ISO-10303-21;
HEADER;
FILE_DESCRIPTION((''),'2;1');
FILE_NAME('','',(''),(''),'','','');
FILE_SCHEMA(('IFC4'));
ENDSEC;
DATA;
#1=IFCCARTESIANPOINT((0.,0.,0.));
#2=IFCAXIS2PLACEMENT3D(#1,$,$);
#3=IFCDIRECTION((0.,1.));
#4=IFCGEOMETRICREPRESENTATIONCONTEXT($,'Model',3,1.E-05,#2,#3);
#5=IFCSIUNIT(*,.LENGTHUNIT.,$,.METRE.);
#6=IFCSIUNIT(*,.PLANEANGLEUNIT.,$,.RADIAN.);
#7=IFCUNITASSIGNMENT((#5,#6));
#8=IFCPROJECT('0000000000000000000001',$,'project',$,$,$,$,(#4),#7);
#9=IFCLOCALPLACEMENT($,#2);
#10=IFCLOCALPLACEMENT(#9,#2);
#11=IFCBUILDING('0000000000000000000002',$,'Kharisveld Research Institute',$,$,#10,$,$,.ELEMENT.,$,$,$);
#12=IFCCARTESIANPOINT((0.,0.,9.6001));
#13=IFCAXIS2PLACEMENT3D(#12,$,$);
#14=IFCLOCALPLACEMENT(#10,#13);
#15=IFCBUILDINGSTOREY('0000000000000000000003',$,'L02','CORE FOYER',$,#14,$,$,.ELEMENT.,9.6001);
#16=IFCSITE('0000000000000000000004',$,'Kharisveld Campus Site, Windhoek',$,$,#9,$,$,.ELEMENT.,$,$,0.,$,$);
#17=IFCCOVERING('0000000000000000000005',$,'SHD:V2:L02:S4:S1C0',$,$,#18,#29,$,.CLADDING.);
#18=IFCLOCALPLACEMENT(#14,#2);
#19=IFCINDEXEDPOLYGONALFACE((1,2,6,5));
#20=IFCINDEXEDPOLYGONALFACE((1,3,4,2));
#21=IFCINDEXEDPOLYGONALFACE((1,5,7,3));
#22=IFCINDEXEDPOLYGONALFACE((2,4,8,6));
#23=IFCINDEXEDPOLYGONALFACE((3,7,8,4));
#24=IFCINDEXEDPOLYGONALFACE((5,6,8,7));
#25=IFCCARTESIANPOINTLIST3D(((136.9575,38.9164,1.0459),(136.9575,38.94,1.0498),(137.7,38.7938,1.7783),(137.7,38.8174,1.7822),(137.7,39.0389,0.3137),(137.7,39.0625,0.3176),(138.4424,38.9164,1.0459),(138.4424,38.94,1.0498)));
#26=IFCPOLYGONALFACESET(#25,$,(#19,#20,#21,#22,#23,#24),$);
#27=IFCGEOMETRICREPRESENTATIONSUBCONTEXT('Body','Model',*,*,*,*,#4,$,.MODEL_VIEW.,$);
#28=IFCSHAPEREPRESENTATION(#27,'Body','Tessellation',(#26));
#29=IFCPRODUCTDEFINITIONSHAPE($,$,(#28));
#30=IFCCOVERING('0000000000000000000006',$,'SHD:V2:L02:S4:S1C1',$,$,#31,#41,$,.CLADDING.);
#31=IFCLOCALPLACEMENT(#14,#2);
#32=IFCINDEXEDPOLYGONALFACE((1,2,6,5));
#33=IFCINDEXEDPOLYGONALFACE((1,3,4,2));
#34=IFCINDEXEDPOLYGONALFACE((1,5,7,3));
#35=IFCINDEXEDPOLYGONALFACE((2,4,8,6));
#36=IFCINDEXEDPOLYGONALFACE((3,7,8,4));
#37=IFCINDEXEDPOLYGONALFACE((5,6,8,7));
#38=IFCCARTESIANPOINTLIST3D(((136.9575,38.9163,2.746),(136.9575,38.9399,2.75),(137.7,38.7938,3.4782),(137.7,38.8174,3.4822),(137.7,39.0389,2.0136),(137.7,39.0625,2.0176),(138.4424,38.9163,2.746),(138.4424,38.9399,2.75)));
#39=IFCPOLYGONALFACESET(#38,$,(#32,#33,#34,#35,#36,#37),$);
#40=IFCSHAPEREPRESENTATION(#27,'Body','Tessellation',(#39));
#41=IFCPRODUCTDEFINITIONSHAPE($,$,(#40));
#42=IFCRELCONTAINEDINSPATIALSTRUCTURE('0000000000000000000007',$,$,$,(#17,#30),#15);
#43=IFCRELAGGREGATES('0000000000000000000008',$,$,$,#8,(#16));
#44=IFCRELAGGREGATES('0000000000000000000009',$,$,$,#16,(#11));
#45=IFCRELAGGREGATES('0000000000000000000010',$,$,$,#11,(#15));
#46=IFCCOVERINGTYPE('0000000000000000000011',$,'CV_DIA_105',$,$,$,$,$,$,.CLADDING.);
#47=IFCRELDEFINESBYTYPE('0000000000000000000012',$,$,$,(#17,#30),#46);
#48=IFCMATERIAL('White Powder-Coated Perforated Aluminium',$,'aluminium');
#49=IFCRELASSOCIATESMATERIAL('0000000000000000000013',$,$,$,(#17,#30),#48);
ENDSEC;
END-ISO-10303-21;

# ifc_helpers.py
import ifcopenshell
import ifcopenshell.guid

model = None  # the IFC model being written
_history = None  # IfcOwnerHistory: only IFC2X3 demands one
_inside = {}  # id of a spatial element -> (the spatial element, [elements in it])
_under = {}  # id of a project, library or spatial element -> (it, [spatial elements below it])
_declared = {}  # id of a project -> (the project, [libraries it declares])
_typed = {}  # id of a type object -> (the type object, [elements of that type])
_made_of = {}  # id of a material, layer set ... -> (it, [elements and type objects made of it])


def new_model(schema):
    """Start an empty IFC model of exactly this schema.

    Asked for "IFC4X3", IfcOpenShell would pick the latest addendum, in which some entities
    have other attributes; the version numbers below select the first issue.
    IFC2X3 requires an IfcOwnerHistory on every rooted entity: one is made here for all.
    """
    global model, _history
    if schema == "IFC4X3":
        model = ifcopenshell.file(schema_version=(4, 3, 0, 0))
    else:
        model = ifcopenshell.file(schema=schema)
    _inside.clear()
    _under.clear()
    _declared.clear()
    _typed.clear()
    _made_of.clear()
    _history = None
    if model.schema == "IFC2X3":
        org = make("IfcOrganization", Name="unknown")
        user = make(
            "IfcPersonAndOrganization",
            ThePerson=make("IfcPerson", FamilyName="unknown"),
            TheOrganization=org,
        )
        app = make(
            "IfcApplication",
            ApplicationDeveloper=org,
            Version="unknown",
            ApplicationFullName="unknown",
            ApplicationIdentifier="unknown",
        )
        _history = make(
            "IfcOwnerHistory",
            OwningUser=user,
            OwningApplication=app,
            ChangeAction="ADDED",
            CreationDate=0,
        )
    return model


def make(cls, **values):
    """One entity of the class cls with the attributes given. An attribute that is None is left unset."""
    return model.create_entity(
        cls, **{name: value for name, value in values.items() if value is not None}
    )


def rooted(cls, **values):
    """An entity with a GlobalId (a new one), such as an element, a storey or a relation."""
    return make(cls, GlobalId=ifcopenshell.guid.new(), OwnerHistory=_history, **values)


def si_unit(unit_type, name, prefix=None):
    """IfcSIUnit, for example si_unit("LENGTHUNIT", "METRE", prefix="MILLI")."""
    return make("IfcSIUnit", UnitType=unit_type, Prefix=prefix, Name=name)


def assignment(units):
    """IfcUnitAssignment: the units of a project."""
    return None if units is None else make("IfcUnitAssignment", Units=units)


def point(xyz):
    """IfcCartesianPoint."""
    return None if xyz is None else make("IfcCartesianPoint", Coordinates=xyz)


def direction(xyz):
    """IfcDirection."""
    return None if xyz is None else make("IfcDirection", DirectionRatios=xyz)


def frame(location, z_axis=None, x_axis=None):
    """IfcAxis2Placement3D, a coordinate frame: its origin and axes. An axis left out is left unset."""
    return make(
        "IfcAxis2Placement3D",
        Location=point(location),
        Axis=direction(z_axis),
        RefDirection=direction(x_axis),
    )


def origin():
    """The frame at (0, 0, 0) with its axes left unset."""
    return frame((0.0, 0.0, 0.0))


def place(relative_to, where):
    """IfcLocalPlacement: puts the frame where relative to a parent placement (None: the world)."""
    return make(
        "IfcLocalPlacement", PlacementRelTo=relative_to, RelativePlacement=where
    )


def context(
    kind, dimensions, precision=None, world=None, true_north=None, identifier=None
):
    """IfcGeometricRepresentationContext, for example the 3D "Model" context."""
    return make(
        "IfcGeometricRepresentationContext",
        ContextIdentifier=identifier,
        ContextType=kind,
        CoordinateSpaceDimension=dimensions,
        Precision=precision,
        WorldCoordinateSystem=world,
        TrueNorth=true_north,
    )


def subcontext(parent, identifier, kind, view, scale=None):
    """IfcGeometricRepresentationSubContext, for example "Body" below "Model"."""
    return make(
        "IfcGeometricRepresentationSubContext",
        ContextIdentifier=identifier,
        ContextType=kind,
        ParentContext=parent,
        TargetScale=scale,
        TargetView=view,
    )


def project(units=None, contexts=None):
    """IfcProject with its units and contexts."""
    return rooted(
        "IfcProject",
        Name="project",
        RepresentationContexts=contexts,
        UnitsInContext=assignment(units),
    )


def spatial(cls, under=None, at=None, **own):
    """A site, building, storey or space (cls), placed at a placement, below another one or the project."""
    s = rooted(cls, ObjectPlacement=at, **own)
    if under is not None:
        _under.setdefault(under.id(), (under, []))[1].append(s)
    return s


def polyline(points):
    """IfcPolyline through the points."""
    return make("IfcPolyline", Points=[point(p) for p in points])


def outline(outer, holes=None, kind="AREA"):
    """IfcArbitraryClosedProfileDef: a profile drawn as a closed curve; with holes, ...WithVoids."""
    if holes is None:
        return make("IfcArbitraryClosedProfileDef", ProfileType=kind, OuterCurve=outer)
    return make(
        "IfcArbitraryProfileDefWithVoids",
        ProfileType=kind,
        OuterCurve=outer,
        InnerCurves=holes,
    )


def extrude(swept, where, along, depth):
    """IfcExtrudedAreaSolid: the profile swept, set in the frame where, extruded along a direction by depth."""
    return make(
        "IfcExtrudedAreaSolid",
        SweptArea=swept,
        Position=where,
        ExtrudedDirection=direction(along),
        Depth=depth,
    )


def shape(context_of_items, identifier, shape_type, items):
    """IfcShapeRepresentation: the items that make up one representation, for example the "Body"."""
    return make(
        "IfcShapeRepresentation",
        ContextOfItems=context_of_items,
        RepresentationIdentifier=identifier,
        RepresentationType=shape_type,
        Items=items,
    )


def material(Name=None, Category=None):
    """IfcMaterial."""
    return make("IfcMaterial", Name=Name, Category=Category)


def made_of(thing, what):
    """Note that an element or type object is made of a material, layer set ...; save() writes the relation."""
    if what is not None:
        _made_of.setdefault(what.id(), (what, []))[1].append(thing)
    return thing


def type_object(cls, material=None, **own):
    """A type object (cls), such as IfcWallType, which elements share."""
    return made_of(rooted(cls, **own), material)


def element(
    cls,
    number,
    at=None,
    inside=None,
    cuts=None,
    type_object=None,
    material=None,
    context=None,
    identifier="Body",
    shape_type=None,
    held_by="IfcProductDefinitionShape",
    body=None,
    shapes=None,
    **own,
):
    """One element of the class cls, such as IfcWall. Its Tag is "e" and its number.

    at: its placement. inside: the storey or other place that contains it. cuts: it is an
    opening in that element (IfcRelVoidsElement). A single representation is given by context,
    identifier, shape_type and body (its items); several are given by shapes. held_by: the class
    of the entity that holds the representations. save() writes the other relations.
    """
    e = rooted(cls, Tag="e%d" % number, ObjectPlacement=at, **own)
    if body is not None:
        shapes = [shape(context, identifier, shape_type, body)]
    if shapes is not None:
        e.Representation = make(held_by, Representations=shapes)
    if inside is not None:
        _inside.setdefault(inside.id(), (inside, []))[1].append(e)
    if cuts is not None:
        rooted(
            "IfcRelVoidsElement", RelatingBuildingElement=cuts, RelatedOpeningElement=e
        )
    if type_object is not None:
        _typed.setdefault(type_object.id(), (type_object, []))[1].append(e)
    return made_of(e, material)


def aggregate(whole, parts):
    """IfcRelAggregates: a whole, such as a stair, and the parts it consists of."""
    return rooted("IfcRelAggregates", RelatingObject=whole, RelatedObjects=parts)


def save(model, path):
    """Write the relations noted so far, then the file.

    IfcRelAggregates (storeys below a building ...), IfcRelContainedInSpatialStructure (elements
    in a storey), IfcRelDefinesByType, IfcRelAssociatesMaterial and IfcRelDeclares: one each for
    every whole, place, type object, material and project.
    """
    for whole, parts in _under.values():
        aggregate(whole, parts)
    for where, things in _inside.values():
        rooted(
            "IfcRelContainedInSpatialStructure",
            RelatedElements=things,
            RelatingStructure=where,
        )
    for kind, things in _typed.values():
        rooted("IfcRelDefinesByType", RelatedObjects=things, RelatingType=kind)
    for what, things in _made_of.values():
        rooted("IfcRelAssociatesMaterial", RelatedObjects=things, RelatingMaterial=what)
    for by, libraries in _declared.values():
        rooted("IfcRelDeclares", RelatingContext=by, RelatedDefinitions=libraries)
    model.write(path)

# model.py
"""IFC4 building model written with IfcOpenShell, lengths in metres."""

from ifc_helpers import new_model, si_unit, direction, frame, origin, place, context, subcontext, project, spatial, polyline, outline, extrude, material, type_object, element, save


model = new_model("IFC4")

# Units and contexts
model_context = context("Model", 3, precision=1e-05, world=origin(), true_north=direction((0.0, 1.0)))
body_context = subcontext(model_context, "Body", "Model", "MODEL_VIEW")
ifc_project = project(units=[si_unit("LENGTHUNIT", "METRE"), si_unit("PLANEANGLEUNIT", "RADIAN")], contexts=[model_context])

# Site, building, storey
site_placement = place(None, origin())
site = spatial("IfcSite", under=ifc_project, at=site_placement, Name="Kharisveld Campus Site, Windhoek", CompositionType="ELEMENT", RefElevation=0.0)
building_placement = place(site_placement, origin())
building = spatial("IfcBuilding", under=site, at=building_placement, Name="Kharisveld Research Institute", CompositionType="ELEMENT")
storey_placement = place(building_placement, frame((0.0, 0.0, 9.6001)))
storey = spatial("IfcBuildingStorey", under=building, at=storey_placement, Name="L02", Description="CORE FOYER", CompositionType="ELEMENT", Elevation=9.6001)

# Coverings
ifc_material_1 = material(Name="White Powder-Coated Perforated Aluminium", Category="aluminium")
covering_type = type_object("IfcCoveringType", Name="CV_DIA_105", PredefinedType="CLADDING")
covering_1_placement = place(storey_placement, frame((137.7, 39.0625, 0.3176), z_axis=(0.0, 0.986283, 0.165065), x_axis=(-0.707139, -0.116714, 0.697376)))
element("IfcCovering", 1, at=covering_1_placement, inside=storey, type_object=covering_type, material=ifc_material_1, Name="SHD:V2:L02:S4:S1C0", PredefinedType="CLADDING", context=body_context, shape_type="SweptSolid", body=[
    extrude(outline(polyline([(0.0, 0.0), (1.0499, 0.0), (1.05, 1.0501), (-0.0001, 1.0499), (0.0, 0.0)])), origin(), (0.0, 0.0, -1.0), 0.0239),
])
covering_2_placement = place(storey_placement, frame((137.7, 39.0625, 2.0176), z_axis=(0.0, 0.986283, 0.165065), x_axis=(-0.707024, -0.116733, 0.697489)))
element("IfcCovering", 2, at=covering_2_placement, inside=storey, type_object=covering_type, material=ifc_material_1, Name="SHD:V2:L02:S4:S1C1", PredefinedType="CLADDING", context=body_context, shape_type="SweptSolid", body=[
    extrude(outline(polyline([(0.0, 0.0), (1.0501, 0.0), (1.0502, 1.0499), (0.0002, 1.0501), (0.0, 0.0)])), origin(), (0.0, 0.0, -1.0), 0.0239),
])

save(model, "model.ifc")
